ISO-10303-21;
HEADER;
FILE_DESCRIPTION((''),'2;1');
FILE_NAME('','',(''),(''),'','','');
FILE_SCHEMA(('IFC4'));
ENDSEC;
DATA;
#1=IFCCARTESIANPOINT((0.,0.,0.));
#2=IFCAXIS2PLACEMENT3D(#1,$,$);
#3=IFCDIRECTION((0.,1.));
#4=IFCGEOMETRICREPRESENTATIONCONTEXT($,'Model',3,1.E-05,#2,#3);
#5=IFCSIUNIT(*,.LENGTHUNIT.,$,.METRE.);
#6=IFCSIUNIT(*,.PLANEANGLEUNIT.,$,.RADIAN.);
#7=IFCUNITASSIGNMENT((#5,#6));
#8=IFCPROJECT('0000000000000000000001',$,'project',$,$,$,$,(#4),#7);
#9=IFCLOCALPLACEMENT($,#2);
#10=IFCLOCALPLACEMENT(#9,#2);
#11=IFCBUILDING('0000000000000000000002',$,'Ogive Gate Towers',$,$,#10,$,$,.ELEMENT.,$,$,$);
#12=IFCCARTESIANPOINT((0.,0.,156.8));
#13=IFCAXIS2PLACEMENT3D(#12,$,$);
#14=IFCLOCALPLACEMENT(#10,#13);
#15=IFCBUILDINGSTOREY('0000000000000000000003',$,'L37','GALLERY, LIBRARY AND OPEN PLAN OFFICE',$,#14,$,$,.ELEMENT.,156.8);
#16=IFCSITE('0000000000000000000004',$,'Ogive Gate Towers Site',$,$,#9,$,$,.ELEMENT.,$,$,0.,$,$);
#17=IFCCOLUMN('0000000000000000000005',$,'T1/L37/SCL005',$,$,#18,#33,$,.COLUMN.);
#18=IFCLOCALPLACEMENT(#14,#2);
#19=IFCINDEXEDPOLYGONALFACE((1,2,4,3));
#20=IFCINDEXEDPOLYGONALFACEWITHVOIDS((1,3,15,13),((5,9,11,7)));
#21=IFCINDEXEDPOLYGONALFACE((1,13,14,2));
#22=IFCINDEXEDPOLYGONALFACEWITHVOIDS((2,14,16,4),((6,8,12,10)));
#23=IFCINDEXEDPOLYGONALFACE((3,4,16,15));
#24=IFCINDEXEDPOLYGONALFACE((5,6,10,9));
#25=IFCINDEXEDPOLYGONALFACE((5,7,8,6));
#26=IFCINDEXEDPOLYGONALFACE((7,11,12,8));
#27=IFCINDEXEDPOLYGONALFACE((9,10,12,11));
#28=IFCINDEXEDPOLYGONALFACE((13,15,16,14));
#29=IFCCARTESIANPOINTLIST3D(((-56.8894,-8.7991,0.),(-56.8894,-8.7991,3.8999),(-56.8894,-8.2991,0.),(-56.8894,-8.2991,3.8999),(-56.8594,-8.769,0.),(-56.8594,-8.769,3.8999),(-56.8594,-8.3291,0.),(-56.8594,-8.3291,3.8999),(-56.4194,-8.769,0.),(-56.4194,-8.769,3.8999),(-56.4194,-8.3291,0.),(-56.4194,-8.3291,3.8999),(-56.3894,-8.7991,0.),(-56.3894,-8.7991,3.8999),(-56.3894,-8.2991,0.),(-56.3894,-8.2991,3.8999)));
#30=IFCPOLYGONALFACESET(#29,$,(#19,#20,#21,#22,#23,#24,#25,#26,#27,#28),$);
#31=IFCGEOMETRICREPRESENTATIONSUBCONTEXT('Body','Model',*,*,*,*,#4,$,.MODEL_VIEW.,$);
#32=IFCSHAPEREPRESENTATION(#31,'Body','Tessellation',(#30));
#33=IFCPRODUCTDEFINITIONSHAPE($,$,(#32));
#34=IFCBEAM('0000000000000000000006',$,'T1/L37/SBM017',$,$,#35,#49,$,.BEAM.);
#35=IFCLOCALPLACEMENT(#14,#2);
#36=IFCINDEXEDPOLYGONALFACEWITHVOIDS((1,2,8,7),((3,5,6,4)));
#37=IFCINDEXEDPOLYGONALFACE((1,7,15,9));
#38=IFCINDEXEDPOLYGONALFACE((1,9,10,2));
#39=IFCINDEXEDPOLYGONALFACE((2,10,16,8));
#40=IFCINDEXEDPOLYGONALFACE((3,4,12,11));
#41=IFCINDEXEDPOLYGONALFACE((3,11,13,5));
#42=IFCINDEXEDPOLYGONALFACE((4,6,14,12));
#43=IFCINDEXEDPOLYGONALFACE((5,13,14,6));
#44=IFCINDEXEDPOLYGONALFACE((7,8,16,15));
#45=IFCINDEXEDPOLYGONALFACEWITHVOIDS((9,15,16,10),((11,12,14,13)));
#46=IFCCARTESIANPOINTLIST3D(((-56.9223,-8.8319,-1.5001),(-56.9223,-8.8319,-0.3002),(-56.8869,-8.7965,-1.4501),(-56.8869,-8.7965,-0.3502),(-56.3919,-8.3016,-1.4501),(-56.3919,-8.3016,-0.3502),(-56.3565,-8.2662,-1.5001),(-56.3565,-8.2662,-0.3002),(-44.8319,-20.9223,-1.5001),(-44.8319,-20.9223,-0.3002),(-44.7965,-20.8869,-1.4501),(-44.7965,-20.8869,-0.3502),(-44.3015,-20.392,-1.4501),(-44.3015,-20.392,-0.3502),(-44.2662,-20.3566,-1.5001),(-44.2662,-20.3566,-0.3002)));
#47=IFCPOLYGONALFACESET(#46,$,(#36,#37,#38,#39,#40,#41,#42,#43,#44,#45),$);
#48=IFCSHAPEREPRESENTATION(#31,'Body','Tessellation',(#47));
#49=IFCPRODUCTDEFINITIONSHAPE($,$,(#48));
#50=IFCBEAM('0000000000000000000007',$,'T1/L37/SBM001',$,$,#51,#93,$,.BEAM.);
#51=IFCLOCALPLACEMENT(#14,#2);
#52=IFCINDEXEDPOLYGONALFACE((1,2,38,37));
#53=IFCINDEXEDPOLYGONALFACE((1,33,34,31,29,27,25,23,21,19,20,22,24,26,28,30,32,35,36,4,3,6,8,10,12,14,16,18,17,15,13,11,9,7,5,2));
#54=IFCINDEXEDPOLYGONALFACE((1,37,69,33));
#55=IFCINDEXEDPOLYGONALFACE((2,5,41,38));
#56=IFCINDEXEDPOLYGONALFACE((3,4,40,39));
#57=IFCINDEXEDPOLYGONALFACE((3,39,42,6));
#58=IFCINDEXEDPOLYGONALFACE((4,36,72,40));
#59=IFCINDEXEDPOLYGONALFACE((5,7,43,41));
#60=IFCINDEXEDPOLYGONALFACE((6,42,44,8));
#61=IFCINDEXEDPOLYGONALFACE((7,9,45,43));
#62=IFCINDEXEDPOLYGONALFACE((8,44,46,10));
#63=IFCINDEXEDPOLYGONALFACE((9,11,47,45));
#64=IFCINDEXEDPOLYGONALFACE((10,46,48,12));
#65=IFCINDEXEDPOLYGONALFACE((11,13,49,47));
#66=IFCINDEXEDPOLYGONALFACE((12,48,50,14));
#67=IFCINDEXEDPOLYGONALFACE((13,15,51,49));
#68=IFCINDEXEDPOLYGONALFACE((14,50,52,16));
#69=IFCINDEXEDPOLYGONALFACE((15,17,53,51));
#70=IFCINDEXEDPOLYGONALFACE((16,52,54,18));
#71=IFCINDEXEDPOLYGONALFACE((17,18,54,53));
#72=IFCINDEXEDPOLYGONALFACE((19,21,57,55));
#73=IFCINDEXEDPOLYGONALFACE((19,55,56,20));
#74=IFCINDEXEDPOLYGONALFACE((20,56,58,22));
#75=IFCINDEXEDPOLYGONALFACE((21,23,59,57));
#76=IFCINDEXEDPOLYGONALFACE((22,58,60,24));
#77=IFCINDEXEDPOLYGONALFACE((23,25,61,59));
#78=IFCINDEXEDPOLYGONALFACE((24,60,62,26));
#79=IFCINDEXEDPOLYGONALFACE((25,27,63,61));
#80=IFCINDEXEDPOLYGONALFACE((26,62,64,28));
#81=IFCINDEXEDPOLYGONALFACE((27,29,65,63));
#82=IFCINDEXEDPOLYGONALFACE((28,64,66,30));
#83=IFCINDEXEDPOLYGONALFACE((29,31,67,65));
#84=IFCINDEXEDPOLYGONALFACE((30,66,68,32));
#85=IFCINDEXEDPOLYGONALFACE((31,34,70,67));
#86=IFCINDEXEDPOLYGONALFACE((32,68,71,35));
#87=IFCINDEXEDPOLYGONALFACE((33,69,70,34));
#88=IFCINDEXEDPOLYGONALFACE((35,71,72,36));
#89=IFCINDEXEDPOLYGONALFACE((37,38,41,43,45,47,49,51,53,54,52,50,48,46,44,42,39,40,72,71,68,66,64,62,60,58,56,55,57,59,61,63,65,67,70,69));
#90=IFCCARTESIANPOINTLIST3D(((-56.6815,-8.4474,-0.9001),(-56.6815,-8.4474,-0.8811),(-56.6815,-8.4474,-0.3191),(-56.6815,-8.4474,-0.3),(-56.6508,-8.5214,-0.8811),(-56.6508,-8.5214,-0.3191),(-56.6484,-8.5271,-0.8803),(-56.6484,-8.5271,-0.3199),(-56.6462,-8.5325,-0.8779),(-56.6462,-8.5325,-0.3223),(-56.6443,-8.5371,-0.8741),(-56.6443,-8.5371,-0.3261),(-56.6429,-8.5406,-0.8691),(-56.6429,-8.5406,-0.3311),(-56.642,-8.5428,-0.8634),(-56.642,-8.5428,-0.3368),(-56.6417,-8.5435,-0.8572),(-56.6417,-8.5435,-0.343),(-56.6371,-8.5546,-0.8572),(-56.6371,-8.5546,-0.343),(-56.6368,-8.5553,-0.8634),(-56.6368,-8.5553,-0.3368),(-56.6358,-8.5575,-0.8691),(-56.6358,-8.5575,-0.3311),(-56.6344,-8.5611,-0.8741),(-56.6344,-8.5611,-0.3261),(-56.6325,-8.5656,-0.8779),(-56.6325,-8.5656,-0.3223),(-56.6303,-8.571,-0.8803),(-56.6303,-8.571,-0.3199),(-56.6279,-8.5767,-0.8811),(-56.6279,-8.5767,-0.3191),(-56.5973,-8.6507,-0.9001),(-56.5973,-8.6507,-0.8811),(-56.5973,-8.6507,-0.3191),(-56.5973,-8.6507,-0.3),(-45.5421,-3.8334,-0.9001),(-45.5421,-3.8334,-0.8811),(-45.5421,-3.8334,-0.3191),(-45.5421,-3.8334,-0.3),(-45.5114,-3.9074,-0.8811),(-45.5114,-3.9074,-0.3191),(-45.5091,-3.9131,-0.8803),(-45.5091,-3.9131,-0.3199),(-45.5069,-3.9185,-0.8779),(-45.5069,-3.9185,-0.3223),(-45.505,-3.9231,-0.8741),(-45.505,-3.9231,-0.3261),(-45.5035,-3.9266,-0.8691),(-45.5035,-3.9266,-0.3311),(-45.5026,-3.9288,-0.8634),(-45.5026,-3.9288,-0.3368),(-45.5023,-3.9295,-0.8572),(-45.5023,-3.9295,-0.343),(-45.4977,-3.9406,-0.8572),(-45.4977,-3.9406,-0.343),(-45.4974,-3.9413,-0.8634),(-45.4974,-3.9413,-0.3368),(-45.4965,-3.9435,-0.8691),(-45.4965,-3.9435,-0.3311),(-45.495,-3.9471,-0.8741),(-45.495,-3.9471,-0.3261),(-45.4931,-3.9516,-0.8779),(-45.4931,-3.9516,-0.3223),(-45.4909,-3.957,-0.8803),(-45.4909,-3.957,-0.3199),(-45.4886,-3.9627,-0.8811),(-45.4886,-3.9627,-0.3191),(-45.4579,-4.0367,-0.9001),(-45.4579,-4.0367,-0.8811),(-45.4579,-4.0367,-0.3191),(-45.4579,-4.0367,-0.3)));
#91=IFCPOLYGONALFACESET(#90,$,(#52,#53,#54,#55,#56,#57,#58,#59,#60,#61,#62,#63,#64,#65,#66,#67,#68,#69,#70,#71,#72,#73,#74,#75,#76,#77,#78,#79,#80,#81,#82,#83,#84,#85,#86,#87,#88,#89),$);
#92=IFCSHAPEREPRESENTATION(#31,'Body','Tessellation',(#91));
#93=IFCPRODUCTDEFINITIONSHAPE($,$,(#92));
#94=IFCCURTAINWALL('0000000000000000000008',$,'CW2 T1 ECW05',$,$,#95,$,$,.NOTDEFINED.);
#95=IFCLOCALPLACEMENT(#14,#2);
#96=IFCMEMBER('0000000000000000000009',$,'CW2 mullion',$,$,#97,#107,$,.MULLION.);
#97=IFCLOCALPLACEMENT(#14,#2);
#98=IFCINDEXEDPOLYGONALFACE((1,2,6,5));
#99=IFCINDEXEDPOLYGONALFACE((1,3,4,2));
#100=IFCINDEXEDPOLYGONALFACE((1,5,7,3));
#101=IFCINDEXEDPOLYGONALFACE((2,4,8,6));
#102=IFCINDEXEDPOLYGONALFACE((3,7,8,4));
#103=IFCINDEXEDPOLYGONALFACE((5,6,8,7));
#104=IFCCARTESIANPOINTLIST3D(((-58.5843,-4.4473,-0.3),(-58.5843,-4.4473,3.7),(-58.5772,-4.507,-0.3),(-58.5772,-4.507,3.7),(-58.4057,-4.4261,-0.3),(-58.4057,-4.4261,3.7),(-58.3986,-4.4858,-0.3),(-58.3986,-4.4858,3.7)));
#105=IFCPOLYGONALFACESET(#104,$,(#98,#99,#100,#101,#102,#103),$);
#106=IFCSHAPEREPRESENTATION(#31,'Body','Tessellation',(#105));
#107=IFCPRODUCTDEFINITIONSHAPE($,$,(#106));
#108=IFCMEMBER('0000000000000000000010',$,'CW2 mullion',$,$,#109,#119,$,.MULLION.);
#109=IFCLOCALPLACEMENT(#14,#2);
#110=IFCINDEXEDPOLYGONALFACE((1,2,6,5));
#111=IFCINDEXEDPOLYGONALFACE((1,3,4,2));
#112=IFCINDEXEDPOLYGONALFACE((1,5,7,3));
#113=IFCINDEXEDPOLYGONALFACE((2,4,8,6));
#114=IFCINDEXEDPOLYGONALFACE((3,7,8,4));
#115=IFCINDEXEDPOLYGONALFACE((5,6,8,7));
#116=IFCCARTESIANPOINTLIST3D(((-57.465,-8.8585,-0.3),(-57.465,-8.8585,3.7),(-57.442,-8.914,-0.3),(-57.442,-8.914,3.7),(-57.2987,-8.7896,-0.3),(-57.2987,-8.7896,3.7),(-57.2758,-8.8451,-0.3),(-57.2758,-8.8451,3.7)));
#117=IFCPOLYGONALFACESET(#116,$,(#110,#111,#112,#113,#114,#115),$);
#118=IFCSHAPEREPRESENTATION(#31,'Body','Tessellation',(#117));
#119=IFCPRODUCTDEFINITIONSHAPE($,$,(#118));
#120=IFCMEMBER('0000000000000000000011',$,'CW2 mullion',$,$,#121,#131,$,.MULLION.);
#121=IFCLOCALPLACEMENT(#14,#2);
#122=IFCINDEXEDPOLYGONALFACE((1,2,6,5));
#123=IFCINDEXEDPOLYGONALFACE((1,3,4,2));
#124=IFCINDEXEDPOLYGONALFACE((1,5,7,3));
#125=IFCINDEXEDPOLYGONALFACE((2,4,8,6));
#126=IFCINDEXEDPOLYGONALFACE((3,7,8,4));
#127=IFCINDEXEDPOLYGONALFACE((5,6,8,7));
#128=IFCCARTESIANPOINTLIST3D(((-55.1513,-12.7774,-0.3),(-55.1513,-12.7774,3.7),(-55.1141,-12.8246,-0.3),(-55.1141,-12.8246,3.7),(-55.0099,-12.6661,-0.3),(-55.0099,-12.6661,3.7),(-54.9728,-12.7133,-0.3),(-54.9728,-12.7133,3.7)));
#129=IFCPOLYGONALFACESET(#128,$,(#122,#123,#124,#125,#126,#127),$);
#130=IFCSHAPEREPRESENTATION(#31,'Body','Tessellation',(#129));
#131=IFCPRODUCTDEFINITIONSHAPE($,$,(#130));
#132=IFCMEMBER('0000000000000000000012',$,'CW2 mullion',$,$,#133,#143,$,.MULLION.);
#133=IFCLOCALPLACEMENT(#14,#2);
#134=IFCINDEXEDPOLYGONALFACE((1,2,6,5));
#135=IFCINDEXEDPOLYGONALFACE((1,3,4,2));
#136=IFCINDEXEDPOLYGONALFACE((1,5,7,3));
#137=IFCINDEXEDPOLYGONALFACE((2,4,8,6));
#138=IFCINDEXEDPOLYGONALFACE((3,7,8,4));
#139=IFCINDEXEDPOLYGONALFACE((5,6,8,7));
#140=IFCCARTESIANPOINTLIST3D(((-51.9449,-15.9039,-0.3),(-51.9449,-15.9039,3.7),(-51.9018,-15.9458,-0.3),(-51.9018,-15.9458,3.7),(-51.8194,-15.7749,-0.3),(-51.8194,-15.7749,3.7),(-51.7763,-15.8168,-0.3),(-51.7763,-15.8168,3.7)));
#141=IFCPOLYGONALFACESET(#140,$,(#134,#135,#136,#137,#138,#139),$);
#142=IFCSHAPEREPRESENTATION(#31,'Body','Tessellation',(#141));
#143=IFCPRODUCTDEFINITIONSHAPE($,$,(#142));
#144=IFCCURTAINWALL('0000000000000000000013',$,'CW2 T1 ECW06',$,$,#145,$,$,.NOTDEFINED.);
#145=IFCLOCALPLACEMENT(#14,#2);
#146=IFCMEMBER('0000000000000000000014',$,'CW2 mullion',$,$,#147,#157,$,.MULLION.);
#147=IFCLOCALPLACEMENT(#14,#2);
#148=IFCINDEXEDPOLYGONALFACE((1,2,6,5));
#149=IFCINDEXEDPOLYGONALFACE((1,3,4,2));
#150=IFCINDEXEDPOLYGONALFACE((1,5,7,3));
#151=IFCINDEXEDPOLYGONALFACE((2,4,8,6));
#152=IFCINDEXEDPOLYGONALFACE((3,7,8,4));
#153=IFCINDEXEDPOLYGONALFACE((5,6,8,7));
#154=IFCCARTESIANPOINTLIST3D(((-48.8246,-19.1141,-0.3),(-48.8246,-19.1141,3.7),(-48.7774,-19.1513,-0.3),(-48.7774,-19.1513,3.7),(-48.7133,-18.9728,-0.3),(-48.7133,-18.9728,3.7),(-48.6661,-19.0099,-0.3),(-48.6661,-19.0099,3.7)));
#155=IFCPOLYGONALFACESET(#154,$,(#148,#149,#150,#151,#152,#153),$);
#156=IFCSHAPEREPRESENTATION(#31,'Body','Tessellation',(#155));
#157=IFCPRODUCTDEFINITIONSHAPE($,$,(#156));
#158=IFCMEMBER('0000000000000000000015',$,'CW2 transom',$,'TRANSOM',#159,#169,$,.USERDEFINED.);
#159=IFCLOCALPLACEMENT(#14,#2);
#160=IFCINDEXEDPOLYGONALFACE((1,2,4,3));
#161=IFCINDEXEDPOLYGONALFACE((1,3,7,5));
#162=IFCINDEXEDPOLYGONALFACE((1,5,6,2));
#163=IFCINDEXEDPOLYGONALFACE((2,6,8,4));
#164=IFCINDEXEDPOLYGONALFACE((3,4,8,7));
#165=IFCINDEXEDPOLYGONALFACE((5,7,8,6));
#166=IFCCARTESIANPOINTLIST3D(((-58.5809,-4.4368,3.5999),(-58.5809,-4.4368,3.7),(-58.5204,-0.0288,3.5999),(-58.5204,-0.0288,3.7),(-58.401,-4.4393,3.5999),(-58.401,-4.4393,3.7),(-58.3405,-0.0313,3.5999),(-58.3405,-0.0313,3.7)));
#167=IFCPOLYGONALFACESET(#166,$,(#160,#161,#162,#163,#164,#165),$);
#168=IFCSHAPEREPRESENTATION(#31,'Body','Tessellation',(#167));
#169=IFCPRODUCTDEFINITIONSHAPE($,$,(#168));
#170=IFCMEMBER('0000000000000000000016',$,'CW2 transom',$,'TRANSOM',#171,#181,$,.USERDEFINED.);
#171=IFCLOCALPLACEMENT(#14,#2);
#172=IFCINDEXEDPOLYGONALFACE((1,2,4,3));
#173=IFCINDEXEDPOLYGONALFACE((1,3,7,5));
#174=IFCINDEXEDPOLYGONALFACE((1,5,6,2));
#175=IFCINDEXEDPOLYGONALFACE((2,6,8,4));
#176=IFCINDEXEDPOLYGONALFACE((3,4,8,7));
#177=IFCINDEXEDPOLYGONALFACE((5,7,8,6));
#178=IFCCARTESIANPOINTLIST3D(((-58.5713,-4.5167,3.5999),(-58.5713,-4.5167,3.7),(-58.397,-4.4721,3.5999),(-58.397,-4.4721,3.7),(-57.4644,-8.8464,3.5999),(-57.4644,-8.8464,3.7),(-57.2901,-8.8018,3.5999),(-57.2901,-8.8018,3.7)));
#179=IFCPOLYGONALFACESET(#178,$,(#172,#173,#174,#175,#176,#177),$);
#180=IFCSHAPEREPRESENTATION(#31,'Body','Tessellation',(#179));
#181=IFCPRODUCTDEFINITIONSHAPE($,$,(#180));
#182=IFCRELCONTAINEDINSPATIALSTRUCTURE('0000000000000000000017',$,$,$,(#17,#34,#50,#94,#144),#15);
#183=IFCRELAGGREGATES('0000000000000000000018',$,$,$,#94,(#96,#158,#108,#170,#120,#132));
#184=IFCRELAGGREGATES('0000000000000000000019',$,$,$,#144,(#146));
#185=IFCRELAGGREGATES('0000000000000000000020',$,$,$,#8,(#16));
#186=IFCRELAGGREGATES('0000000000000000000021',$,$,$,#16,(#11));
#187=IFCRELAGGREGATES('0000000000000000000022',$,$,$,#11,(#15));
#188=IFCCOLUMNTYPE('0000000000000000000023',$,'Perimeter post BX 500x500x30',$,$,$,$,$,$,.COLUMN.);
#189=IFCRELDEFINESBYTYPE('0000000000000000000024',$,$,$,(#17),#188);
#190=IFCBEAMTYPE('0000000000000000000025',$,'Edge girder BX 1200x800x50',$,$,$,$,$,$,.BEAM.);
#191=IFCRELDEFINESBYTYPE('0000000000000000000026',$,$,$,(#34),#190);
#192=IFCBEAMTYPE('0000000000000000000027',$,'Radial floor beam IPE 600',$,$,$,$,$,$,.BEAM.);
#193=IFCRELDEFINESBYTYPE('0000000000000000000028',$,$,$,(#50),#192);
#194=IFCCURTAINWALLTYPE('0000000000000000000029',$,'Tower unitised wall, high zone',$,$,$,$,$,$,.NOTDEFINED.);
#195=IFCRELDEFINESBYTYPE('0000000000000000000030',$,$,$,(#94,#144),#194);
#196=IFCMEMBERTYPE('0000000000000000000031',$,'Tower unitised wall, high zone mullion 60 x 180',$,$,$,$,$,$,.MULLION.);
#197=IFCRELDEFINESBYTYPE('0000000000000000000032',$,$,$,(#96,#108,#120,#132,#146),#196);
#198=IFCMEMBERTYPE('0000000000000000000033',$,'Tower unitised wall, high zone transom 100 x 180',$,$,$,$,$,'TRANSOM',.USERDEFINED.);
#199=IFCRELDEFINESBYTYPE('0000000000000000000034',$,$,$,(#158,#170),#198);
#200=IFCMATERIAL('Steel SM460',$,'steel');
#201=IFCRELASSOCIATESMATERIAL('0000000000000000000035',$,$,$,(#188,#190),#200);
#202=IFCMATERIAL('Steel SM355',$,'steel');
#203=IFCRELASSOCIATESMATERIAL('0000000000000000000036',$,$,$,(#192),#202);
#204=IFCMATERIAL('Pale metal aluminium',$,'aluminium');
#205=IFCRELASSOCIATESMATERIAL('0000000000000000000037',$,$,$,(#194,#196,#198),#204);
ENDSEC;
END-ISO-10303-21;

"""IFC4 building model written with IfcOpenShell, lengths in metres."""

from ifc_helpers import new_model, si_unit, direction, frame, origin, origin_2d, place, context, subcontext, project, spatial, rectangle, hollow_rectangle, i_section, extrude, material, material_profile, profile_set, type_object, element, aggregate, save


model = new_model("IFC4")

# Units and contexts
model_context = context("Model", 3, precision=1e-05, world=origin(), true_north=direction((0.0, 1.0)))
body_context = subcontext(model_context, "Body", "Model", "MODEL_VIEW")
ifc_project = project(units=[si_unit("LENGTHUNIT", "METRE"), si_unit("PLANEANGLEUNIT", "RADIAN")], contexts=[model_context])

# Site, building, storey
site_placement = place(None, origin())
site = spatial("IfcSite", under=ifc_project, at=site_placement, Name="Ogive Gate Towers Site", CompositionType="ELEMENT", RefElevation=0.0)
building_placement = place(site_placement, origin())
building = spatial("IfcBuilding", under=site, at=building_placement, Name="Ogive Gate Towers", CompositionType="ELEMENT")
storey_placement = place(building_placement, frame((0.0, 0.0, 156.8)))
storey = spatial("IfcBuildingStorey", under=building, at=storey_placement, Name="L37", Description="GALLERY, LIBRARY AND OPEN PLAN OFFICE", CompositionType="ELEMENT", Elevation=156.8)

# Column
ifc_material_1 = material(Name="Steel SM460", Category="steel")
ifc_material_profile_1 = material_profile(ifc_material_1, hollow_rectangle(XDim=0.5, YDim=0.5, WallThickness=0.03, at=origin_2d()), Name="BX 500x500x30")
ifc_profile_set_1 = profile_set([ifc_material_profile_1], Name="Steel SM460")
column_type = type_object("IfcColumnType", Name="Perimeter post BX 500x500x30", PredefinedType="COLUMN", material=ifc_profile_set_1)
column_placement = place(storey_placement, frame((-56.6394, -8.5491, 0.0), z_axis=(0.0, 0.0, 1.0), x_axis=(1.0, 0.0, 0.0)))
element("IfcColumn", 1, at=column_placement, inside=storey, type_object=column_type, Name="T1/L37/SCL005", PredefinedType="COLUMN", context=body_context, shape_type="SweptSolid", body=[
    extrude(hollow_rectangle(XDim=0.5, YDim=0.5, WallThickness=0.03, at=origin_2d()), origin(), (0.0, 0.0, 1.0), 3.8999),
])

# Beams
ifc_material_profile_2 = material_profile(ifc_material_1, hollow_rectangle(XDim=0.8, YDim=1.2, WallThickness=0.05, at=origin_2d()), Name="BX 1200x800x50")
ifc_profile_set_2 = profile_set([ifc_material_profile_2], Name="Steel SM460")
beam_type_1 = type_object("IfcBeamType", Name="Edge girder BX 1200x800x50", PredefinedType="BEAM", material=ifc_profile_set_2)
beam_1_placement = place(storey_placement, frame((-56.6394, -8.5491, -0.9001), z_axis=(0.707107, -0.707107, 0.0), x_axis=(0.707107, 0.707107, 0.0)))
element("IfcBeam", 2, at=beam_1_placement, inside=storey, type_object=beam_type_1, Name="T1/L37/SBM017", PredefinedType="BEAM", context=body_context, shape_type="SweptSolid", body=[
    extrude(hollow_rectangle(XDim=0.8, YDim=1.2, WallThickness=0.05, at=origin_2d()), origin(), (0.0, 0.0, 1.0), 17.0984),
])
ifc_material_2 = material(Name="Steel SM355", Category="steel")
ifc_material_profile_3 = material_profile(ifc_material_2, i_section(OverallWidth=0.22, OverallDepth=0.6001, WebThickness=0.012, FlangeThickness=0.019, FilletRadius=0.0239, at=origin_2d()), Name="IPE 600")
ifc_profile_set_3 = profile_set([ifc_material_profile_3], Name="Steel SM355")
beam_type_2 = type_object("IfcBeamType", Name="Radial floor beam IPE 600", PredefinedType="BEAM", material=ifc_profile_set_3)
beam_2_placement = place(storey_placement, frame((-45.5, -3.9351, -0.6001), z_axis=(-0.923882, -0.382678, 0.0), x_axis=(0.382678, -0.923882, 0.0)))
element("IfcBeam", 3, at=beam_2_placement, inside=storey, type_object=beam_type_2, Name="T1/L37/SBM001", PredefinedType="BEAM", context=body_context, shape_type="SweptSolid", body=[
    extrude(i_section(OverallWidth=0.22, OverallDepth=0.6001, WebThickness=0.012, FlangeThickness=0.019, FilletRadius=0.0239, at=origin_2d()), origin(), (0.0, 0.0, 1.0), 12.0571),
])

# Curtain wall, members
ifc_material_3 = material(Name="Pale metal aluminium", Category="aluminium")
curtain_wall_type = type_object("IfcCurtainWallType", Name="Tower unitised wall, high zone", PredefinedType="NOTDEFINED", material=ifc_material_3)
curtain_wall_1_placement = place(storey_placement, origin())
curtain_wall_1 = element("IfcCurtainWall", 4, at=curtain_wall_1_placement, inside=storey, type_object=curtain_wall_type, Name="CW2 T1 ECW05", PredefinedType="NOTDEFINED")
ifc_material_profile_4 = material_profile(ifc_material_3, rectangle(XDim=0.1799, YDim=0.0601, at=origin_2d()), Name="60 x 180 aluminium box")
ifc_profile_set_4 = profile_set([ifc_material_profile_4], Name="Pale metal aluminium")
member_type_1 = type_object("IfcMemberType", Name="Tower unitised wall, high zone mullion 60 x 180", PredefinedType="MULLION", material=ifc_profile_set_4)
member_1_placement = place(storey_placement, frame((-58.4915, -4.4666, -0.3), z_axis=(0.0, 0.0, 1.0), x_axis=(-0.993013, -0.118005, 0.0)))
member_1 = element("IfcMember", 5, at=member_1_placement, type_object=member_type_1, Name="CW2 mullion", PredefinedType="MULLION", context=body_context, shape_type="SweptSolid", body=[
    extrude(rectangle(XDim=0.1799, YDim=0.0601, at=origin_2d()), origin(), (0.0, 0.0, 1.0), 4.0),
])
member_2_placement = place(storey_placement, frame((-57.3704, -8.8518, -0.3), z_axis=(0.0, 0.0, 1.0), x_axis=(-0.92388, -0.382683, 0.0)))
member_2 = element("IfcMember", 6, at=member_2_placement, type_object=member_type_1, Name="CW2 mullion", PredefinedType="MULLION", context=body_context, shape_type="SweptSolid", body=[
    extrude(rectangle(XDim=0.1799, YDim=0.0601, at=origin_2d()), origin(), (0.0, 0.0, 1.0), 4.0),
])
member_3_placement = place(storey_placement, frame((-55.062, -12.7454, -0.3), z_axis=(0.0, 0.0, 1.0), x_axis=(-0.785619, -0.61871, 0.0)))
member_3 = element("IfcMember", 7, at=member_3_placement, type_object=member_type_1, Name="CW2 mullion", PredefinedType="MULLION", context=body_context, shape_type="SweptSolid", body=[
    extrude(rectangle(XDim=0.1799, YDim=0.0601, at=origin_2d()), origin(), (0.0, 0.0, 1.0), 4.0),
])
member_4_placement = place(storey_placement, frame((-51.8606, -15.8604, -0.3), z_axis=(0.0, 0.0, 1.0), x_axis=(-0.697353, -0.716728, 0.0)))
member_4 = element("IfcMember", 8, at=member_4_placement, type_object=member_type_1, Name="CW2 mullion", PredefinedType="MULLION", context=body_context, shape_type="SweptSolid", body=[
    extrude(rectangle(XDim=0.1799, YDim=0.0601, at=origin_2d()), origin(), (0.0, 0.0, 1.0), 4.0),
])

# Curtain wall, member
curtain_wall_2_placement = place(storey_placement, origin())
curtain_wall_2 = element("IfcCurtainWall", 9, at=curtain_wall_2_placement, inside=storey, type_object=curtain_wall_type, Name="CW2 T1 ECW06", PredefinedType="NOTDEFINED")
member_5_placement = place(storey_placement, frame((-48.7454, -19.062, -0.3), z_axis=(0.0, 0.0, 1.0), x_axis=(-0.61871, -0.785619, 0.0)))
member_5 = element("IfcMember", 10, at=member_5_placement, type_object=member_type_1, Name="CW2 mullion", PredefinedType="MULLION", context=body_context, shape_type="SweptSolid", body=[
    extrude(rectangle(XDim=0.1799, YDim=0.0601, at=origin_2d()), origin(), (0.0, 0.0, 1.0), 4.0),
])

# Members
ifc_material_profile_5 = material_profile(ifc_material_3, rectangle(XDim=0.1799, YDim=0.1001, at=origin_2d()), Name="100 x 180 aluminium box")
ifc_profile_set_5 = profile_set([ifc_material_profile_5], Name="Pale metal aluminium")
member_type_2 = type_object("IfcMemberType", Name="Tower unitised wall, high zone transom 100 x 180", ElementType="TRANSOM", PredefinedType="USERDEFINED", material=ifc_profile_set_5)
member_6_placement = place(storey_placement, frame((-58.4304, -0.03, 3.6499), z_axis=(-0.013735, -0.999906, 0.0), x_axis=(0.999906, -0.013735, 0.0)))
member_6 = element("IfcMember", 11, at=member_6_placement, type_object=member_type_2, Name="CW2 transom", ObjectType="TRANSOM", PredefinedType="USERDEFINED", context=body_context, shape_type="SweptSolid", body=[
    extrude(rectangle(XDim=0.1799, YDim=0.1001, at=origin_2d()), origin(), (0.0, 0.0, 1.0), 4.4084),
])
member_7_placement = place(storey_placement, frame((-58.4841, -4.4944, 3.6499), z_axis=(0.247687, -0.96884, 0.0), x_axis=(0.96884, 0.247687, 0.0)))
member_7 = element("IfcMember", 12, at=member_7_placement, type_object=member_type_2, Name="CW2 transom", ObjectType="TRANSOM", PredefinedType="USERDEFINED", context=body_context, shape_type="SweptSolid", body=[
    extrude(rectangle(XDim=0.1799, YDim=0.1001, at=origin_2d()), origin(), (0.0, 0.0, 1.0), 4.469),
])

aggregate(curtain_wall_1, [member_1, member_6, member_2, member_7, member_3, member_4])
aggregate(curtain_wall_2, [member_5])

save(model, "model.ifc")
